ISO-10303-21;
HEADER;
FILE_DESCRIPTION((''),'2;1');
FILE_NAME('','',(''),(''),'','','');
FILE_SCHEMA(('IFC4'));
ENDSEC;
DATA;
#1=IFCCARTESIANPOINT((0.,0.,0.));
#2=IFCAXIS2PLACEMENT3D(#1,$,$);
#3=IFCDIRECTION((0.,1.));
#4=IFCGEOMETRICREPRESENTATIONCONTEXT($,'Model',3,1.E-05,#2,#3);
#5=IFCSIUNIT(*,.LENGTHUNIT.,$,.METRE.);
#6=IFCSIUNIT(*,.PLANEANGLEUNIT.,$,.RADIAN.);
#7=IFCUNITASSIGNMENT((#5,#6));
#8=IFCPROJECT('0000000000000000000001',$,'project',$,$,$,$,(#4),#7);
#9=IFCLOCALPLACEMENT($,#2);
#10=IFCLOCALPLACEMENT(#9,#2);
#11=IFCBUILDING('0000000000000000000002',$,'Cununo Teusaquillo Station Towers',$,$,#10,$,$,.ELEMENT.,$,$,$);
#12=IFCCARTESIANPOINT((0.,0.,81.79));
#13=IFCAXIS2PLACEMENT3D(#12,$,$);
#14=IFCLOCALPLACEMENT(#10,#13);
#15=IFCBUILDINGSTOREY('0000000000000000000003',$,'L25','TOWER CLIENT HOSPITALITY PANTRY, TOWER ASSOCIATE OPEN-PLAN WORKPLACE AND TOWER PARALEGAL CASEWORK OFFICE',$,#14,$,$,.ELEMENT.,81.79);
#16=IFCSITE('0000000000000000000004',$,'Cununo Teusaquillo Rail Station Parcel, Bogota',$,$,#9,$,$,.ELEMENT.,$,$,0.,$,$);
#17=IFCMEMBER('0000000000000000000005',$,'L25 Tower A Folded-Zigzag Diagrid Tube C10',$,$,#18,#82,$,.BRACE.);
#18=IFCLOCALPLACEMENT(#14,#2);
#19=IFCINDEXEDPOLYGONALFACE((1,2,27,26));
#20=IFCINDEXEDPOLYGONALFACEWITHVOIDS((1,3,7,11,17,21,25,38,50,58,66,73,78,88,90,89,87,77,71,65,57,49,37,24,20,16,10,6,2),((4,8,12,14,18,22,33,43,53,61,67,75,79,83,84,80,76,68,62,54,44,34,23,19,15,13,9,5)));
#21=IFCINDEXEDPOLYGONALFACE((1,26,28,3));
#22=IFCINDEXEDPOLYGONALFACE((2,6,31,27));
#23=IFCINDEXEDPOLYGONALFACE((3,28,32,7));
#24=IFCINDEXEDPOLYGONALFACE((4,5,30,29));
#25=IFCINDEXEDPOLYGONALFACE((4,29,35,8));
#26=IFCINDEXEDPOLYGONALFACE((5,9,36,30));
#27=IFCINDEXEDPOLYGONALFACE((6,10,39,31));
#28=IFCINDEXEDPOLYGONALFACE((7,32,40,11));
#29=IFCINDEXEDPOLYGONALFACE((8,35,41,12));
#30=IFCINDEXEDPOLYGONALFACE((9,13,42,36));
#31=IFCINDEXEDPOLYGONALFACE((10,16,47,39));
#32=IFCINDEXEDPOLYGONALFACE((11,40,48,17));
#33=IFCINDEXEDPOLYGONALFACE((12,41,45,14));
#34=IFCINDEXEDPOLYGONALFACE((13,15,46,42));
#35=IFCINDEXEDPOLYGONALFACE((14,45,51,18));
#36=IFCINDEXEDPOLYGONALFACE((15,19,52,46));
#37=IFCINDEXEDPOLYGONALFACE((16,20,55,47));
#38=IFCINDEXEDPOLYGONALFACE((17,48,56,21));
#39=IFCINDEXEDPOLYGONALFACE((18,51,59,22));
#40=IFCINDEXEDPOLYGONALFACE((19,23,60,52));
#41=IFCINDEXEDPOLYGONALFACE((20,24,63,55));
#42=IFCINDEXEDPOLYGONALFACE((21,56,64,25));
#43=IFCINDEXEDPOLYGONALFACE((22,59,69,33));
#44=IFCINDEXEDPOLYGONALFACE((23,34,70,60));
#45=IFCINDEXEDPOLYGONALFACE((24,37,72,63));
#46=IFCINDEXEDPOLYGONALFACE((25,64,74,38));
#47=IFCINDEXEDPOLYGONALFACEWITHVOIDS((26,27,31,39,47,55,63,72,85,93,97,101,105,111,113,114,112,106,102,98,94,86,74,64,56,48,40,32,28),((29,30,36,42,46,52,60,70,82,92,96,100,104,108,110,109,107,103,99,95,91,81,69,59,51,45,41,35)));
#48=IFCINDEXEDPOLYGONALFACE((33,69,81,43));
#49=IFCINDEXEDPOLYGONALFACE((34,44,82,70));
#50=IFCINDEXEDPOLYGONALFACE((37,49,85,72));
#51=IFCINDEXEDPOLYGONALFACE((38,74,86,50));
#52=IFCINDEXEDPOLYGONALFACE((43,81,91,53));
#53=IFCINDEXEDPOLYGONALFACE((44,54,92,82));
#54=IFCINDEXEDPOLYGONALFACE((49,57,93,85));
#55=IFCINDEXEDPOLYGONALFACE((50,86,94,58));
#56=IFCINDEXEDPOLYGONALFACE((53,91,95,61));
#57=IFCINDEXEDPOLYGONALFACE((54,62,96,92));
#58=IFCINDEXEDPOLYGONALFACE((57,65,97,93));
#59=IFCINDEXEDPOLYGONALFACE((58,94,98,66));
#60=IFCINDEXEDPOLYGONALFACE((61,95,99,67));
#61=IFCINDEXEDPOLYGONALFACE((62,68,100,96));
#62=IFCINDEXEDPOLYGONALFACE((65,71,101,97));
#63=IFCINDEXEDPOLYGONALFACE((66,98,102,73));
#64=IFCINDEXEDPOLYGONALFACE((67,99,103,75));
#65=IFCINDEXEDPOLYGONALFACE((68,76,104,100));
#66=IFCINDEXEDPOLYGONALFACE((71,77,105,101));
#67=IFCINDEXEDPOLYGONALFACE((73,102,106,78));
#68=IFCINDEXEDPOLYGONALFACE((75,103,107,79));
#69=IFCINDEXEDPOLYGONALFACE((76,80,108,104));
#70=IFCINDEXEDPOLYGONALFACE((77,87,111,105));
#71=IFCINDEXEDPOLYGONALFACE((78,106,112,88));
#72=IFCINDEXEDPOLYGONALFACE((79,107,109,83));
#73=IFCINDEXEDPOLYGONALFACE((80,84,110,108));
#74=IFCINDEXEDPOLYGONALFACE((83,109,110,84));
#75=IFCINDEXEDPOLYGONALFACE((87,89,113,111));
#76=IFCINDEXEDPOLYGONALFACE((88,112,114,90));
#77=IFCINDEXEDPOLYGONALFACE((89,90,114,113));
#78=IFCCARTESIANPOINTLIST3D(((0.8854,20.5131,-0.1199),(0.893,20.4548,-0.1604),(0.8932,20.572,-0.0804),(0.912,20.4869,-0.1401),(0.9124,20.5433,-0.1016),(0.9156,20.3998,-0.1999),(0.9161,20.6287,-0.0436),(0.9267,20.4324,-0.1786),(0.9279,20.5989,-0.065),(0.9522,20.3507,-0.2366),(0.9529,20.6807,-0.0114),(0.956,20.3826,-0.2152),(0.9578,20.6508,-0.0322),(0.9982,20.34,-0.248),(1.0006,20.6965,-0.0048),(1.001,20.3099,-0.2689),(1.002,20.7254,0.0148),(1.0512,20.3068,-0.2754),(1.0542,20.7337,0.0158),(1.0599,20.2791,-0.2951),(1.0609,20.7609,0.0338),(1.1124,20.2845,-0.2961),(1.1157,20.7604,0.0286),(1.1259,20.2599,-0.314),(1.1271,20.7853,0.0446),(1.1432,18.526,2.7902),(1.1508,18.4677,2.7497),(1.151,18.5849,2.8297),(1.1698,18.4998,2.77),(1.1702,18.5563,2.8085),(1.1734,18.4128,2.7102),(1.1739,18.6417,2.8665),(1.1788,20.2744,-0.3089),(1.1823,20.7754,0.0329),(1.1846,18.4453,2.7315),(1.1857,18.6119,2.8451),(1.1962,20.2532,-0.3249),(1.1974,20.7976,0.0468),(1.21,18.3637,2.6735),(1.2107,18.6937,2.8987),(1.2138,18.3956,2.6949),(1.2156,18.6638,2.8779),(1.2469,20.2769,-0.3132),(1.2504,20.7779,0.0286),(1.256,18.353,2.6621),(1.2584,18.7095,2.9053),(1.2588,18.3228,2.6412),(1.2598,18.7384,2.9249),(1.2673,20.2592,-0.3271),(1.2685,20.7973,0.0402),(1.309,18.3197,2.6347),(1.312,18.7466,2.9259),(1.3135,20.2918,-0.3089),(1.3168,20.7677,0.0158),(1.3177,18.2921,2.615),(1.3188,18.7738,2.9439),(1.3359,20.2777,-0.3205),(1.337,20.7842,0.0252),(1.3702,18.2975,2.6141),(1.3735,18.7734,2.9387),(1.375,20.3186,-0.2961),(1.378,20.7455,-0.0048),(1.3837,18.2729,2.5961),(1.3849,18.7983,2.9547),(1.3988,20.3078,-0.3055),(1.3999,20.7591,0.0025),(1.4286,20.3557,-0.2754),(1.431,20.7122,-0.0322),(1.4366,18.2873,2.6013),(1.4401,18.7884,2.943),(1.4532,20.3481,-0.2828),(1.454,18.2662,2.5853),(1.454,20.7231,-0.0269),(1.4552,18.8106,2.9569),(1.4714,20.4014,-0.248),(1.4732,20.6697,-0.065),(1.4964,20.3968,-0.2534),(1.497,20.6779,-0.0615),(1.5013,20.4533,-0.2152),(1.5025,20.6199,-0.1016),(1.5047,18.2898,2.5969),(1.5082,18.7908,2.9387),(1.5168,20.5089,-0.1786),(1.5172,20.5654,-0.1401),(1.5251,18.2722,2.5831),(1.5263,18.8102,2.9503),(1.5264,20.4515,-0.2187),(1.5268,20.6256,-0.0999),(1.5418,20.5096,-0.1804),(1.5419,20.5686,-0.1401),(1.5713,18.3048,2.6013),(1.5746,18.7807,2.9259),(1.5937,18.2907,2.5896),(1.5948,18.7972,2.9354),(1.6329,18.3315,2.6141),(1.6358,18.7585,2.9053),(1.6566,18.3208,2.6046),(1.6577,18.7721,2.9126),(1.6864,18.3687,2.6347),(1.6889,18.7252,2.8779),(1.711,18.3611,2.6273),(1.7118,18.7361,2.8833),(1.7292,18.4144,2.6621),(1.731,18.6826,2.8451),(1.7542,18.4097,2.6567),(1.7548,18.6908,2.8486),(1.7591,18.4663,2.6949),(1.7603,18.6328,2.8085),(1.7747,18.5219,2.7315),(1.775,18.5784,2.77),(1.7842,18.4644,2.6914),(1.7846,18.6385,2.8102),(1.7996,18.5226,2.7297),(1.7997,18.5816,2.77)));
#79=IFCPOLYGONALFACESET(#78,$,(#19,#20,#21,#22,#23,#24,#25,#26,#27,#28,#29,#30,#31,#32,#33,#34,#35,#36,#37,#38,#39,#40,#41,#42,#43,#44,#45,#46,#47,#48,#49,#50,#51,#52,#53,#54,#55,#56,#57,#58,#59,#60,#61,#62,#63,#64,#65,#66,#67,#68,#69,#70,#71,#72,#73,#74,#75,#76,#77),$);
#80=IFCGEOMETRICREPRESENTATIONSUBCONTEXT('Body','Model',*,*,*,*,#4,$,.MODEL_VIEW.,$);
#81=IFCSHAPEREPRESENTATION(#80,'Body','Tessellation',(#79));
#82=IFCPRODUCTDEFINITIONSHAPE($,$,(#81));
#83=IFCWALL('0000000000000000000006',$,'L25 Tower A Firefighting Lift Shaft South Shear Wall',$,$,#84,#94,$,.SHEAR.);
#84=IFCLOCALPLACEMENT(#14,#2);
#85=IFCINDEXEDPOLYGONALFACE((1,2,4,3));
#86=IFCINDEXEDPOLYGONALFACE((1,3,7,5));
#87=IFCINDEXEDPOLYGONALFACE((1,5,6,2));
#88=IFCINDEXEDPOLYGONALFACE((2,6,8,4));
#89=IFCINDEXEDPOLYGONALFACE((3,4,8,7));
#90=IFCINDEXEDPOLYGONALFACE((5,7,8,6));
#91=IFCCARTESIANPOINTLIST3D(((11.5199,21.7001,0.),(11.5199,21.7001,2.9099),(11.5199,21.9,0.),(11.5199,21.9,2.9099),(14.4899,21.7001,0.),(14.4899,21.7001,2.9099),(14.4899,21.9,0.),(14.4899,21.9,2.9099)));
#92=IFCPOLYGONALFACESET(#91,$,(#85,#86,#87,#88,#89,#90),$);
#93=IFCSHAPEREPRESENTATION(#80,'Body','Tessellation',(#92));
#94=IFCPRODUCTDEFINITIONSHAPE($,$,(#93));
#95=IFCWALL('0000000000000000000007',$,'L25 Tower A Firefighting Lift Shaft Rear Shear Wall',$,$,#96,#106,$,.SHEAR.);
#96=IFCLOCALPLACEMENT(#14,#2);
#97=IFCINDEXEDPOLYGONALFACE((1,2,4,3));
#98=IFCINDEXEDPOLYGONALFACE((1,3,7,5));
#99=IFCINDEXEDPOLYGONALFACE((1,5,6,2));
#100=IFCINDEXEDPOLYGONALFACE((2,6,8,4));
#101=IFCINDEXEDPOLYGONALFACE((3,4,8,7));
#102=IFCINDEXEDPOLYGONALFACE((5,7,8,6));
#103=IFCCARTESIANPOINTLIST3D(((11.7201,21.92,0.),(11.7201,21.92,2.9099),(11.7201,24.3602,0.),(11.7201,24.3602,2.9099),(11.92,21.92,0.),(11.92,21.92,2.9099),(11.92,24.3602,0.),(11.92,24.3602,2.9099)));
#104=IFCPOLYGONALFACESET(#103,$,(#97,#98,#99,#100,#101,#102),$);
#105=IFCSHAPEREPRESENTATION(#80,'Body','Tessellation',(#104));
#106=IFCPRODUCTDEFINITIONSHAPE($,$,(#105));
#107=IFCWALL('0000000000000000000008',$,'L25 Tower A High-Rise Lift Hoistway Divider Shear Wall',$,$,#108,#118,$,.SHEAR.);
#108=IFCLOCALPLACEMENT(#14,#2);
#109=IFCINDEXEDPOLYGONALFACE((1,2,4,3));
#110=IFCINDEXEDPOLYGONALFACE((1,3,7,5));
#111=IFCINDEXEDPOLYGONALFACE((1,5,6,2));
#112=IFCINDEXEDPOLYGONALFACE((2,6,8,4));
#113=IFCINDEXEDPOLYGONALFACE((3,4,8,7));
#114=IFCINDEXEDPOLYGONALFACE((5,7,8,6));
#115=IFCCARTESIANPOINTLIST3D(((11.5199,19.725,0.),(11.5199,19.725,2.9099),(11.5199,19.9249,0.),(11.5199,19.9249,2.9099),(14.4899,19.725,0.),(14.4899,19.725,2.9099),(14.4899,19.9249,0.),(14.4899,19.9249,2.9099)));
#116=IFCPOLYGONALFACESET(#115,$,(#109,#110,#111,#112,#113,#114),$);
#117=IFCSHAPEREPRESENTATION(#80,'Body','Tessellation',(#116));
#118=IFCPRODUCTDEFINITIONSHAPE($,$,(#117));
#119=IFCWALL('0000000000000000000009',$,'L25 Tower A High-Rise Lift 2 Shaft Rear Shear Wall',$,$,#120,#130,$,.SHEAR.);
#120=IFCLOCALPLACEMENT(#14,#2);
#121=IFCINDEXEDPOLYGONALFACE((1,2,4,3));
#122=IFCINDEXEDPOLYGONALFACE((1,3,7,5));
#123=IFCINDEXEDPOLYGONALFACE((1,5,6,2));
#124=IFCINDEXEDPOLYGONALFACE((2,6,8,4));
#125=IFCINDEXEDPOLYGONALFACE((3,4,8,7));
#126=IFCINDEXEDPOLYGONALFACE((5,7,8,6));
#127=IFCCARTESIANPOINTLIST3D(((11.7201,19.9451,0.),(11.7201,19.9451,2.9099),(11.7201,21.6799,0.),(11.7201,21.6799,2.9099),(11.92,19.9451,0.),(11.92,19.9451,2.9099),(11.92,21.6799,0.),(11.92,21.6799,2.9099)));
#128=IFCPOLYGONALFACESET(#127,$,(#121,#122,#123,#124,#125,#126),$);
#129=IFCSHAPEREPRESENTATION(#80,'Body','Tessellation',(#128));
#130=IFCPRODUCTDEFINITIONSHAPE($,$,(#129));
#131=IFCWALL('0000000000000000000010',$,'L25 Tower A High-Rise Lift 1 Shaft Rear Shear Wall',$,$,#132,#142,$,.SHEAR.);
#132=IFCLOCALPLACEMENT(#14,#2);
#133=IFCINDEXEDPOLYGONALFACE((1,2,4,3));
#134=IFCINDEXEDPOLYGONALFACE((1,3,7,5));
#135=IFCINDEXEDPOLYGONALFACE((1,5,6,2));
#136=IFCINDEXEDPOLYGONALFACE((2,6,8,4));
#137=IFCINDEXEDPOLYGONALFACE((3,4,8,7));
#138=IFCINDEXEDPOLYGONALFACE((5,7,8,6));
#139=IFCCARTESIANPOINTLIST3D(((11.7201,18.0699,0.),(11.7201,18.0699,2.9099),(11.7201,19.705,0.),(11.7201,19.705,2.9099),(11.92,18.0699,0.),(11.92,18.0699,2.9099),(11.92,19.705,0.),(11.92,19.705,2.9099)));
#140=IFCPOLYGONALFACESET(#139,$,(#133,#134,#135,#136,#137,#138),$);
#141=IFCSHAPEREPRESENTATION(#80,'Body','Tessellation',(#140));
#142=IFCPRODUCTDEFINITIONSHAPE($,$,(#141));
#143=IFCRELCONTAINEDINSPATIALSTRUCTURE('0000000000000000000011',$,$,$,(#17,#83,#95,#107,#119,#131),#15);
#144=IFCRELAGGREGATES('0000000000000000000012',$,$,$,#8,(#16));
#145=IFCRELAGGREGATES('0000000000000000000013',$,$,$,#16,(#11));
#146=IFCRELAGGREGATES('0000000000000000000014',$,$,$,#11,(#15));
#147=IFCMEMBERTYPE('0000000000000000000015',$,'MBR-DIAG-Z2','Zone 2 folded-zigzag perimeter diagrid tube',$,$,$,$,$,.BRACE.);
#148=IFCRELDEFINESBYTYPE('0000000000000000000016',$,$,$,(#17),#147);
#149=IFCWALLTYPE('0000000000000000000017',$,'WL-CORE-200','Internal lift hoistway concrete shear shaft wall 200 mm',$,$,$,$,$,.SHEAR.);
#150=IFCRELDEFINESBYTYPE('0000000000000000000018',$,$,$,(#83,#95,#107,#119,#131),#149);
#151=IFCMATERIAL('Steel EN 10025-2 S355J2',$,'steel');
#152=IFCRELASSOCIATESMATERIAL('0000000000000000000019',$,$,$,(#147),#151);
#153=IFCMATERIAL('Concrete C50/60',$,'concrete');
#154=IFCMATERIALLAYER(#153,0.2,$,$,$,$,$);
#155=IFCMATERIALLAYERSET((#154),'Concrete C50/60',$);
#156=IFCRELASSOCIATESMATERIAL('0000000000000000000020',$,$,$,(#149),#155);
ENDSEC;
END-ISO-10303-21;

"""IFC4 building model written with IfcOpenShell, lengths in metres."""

from ifc_helpers import new_model, si_unit, direction, frame, frame_2d, origin, origin_2d, place, context, subcontext, project, spatial, rectangle, hollow_circle, extrude, material, layer, layer_set, material_profile, profile_set, type_object, element, save


model = new_model("IFC4")

# Units and contexts
model_context = context("Model", 3, precision=1e-05, world=origin(), true_north=direction((0.0, 1.0)))
body_context = subcontext(model_context, "Body", "Model", "MODEL_VIEW")
ifc_project = project(units=[si_unit("LENGTHUNIT", "METRE"), si_unit("PLANEANGLEUNIT", "RADIAN")], contexts=[model_context])

# Site, building, storey
site_placement = place(None, origin())
site = spatial("IfcSite", under=ifc_project, at=site_placement, Name="Cununo Teusaquillo Rail Station Parcel, Bogota", CompositionType="ELEMENT", RefElevation=0.0)
building_placement = place(site_placement, origin())
building = spatial("IfcBuilding", under=site, at=building_placement, Name="Cununo Teusaquillo Station Towers", CompositionType="ELEMENT")
storey_placement = place(building_placement, frame((0.0, 0.0, 81.79)))
storey = spatial("IfcBuildingStorey", under=building, at=storey_placement, Name="L25", Description="TOWER CLIENT HOSPITALITY PANTRY, TOWER ASSOCIATE OPEN-PLAN WORKPLACE AND TOWER PARALEGAL CASEWORK OFFICE", CompositionType="ELEMENT", Elevation=81.79)

# Member
ifc_material_1 = material(Name="Steel EN 10025-2 S355J2", Category="steel")
ifc_material_profile_1 = material_profile(ifc_material_1, hollow_circle(Radius=0.3301, WallThickness=0.0249, at=origin_2d()), Name="CHS 660x25")
ifc_profile_set_1 = profile_set([ifc_material_profile_1], Name="Steel EN 10025-2 S355J2")
member_type = type_object("IfcMemberType", Name="MBR-DIAG-Z2", Description="Zone 2 folded-zigzag perimeter diagrid tube", PredefinedType="BRACE", material=ifc_profile_set_1)
member_placement = place(storey_placement, frame((1.2146, 20.5261, -0.1401), z_axis=(0.072967, -0.562388, 0.823648), x_axis=(0.991688, 0.128667, 0.0)))
element("IfcMember", 1, at=member_placement, inside=storey, type_object=member_type, Name="L25 Tower A Folded-Zigzag Diagrid Tube C10", PredefinedType="BRACE", context=body_context, shape_type="SweptSolid", body=[
    extrude(hollow_circle(Radius=0.3301, WallThickness=0.0249, at=origin_2d()), origin(), (0.0, 0.0, 1.0), 3.5332),
])

# Walls
ifc_material_2 = material(Name="Concrete C50/60", Category="concrete")
ifc_layer_1 = layer(ifc_material_2, 0.2)
ifc_layer_set_1 = layer_set([ifc_layer_1], Name="Concrete C50/60")
wall_type_1 = type_object("IfcWallType", Name="WL-CORE-200", Description="Internal lift hoistway concrete shear shaft wall 200 mm", PredefinedType="SHEAR", material=ifc_layer_set_1)
wall_1_placement = place(storey_placement, frame((11.52, 21.8, 0.0), z_axis=(0.0, 0.0, 1.0), x_axis=(1.0, 0.0, 0.0)))
element("IfcWall", 2, at=wall_1_placement, inside=storey, type_object=wall_type_1, Name="L25 Tower A Firefighting Lift Shaft South Shear Wall", PredefinedType="SHEAR", context=body_context, shape_type="SweptSolid", body=[
    extrude(rectangle(XDim=2.97, YDim=0.2, at=frame_2d((1.4849, 0.0))), origin(), (0.0, 0.0, 1.0), 2.9099),
])
wall_2_placement = place(storey_placement, frame((11.8201, 21.9199, 0.0), z_axis=(0.0, 0.0, 1.0), x_axis=(0.0, 1.0, 0.0)))
element("IfcWall", 3, at=wall_2_placement, inside=storey, type_object=wall_type_1, Name="L25 Tower A Firefighting Lift Shaft Rear Shear Wall", PredefinedType="SHEAR", context=body_context, shape_type="SweptSolid", body=[
    extrude(rectangle(XDim=2.4402, YDim=0.2, at=frame_2d((1.2202, 0.0))), origin(), (0.0, 0.0, 1.0), 2.9099),
])
wall_3_placement = place(storey_placement, frame((11.52, 19.825, 0.0), z_axis=(0.0, 0.0, 1.0), x_axis=(1.0, 0.0, 0.0)))
element("IfcWall", 4, at=wall_3_placement, inside=storey, type_object=wall_type_1, Name="L25 Tower A High-Rise Lift Hoistway Divider Shear Wall", PredefinedType="SHEAR", context=body_context, shape_type="SweptSolid", body=[
    extrude(rectangle(XDim=2.97, YDim=0.2, at=frame_2d((1.4849, 0.0))), origin(), (0.0, 0.0, 1.0), 2.9099),
])
wall_4_placement = place(storey_placement, frame((11.8201, 19.9451, 0.0), z_axis=(0.0, 0.0, 1.0), x_axis=(0.0, 1.0, 0.0)))
element("IfcWall", 5, at=wall_4_placement, inside=storey, type_object=wall_type_1, Name="L25 Tower A High-Rise Lift 2 Shaft Rear Shear Wall", PredefinedType="SHEAR", context=body_context, shape_type="SweptSolid", body=[
    extrude(rectangle(XDim=1.7349, YDim=0.2, at=frame_2d((0.8674, 0.0))), origin(), (0.0, 0.0, 1.0), 2.9099),
])
wall_5_placement = place(storey_placement, frame((11.8201, 18.0701, 0.0), z_axis=(0.0, 0.0, 1.0), x_axis=(0.0, 1.0, 0.0)))
element("IfcWall", 6, at=wall_5_placement, inside=storey, type_object=wall_type_1, Name="L25 Tower A High-Rise Lift 1 Shaft Rear Shear Wall", PredefinedType="SHEAR", context=body_context, shape_type="SweptSolid", body=[
    extrude(rectangle(XDim=1.635, YDim=0.2, at=frame_2d((0.8174, 0.0))), origin(), (0.0, 0.0, 1.0), 2.9099),
])

save(model, "model.ifc")
